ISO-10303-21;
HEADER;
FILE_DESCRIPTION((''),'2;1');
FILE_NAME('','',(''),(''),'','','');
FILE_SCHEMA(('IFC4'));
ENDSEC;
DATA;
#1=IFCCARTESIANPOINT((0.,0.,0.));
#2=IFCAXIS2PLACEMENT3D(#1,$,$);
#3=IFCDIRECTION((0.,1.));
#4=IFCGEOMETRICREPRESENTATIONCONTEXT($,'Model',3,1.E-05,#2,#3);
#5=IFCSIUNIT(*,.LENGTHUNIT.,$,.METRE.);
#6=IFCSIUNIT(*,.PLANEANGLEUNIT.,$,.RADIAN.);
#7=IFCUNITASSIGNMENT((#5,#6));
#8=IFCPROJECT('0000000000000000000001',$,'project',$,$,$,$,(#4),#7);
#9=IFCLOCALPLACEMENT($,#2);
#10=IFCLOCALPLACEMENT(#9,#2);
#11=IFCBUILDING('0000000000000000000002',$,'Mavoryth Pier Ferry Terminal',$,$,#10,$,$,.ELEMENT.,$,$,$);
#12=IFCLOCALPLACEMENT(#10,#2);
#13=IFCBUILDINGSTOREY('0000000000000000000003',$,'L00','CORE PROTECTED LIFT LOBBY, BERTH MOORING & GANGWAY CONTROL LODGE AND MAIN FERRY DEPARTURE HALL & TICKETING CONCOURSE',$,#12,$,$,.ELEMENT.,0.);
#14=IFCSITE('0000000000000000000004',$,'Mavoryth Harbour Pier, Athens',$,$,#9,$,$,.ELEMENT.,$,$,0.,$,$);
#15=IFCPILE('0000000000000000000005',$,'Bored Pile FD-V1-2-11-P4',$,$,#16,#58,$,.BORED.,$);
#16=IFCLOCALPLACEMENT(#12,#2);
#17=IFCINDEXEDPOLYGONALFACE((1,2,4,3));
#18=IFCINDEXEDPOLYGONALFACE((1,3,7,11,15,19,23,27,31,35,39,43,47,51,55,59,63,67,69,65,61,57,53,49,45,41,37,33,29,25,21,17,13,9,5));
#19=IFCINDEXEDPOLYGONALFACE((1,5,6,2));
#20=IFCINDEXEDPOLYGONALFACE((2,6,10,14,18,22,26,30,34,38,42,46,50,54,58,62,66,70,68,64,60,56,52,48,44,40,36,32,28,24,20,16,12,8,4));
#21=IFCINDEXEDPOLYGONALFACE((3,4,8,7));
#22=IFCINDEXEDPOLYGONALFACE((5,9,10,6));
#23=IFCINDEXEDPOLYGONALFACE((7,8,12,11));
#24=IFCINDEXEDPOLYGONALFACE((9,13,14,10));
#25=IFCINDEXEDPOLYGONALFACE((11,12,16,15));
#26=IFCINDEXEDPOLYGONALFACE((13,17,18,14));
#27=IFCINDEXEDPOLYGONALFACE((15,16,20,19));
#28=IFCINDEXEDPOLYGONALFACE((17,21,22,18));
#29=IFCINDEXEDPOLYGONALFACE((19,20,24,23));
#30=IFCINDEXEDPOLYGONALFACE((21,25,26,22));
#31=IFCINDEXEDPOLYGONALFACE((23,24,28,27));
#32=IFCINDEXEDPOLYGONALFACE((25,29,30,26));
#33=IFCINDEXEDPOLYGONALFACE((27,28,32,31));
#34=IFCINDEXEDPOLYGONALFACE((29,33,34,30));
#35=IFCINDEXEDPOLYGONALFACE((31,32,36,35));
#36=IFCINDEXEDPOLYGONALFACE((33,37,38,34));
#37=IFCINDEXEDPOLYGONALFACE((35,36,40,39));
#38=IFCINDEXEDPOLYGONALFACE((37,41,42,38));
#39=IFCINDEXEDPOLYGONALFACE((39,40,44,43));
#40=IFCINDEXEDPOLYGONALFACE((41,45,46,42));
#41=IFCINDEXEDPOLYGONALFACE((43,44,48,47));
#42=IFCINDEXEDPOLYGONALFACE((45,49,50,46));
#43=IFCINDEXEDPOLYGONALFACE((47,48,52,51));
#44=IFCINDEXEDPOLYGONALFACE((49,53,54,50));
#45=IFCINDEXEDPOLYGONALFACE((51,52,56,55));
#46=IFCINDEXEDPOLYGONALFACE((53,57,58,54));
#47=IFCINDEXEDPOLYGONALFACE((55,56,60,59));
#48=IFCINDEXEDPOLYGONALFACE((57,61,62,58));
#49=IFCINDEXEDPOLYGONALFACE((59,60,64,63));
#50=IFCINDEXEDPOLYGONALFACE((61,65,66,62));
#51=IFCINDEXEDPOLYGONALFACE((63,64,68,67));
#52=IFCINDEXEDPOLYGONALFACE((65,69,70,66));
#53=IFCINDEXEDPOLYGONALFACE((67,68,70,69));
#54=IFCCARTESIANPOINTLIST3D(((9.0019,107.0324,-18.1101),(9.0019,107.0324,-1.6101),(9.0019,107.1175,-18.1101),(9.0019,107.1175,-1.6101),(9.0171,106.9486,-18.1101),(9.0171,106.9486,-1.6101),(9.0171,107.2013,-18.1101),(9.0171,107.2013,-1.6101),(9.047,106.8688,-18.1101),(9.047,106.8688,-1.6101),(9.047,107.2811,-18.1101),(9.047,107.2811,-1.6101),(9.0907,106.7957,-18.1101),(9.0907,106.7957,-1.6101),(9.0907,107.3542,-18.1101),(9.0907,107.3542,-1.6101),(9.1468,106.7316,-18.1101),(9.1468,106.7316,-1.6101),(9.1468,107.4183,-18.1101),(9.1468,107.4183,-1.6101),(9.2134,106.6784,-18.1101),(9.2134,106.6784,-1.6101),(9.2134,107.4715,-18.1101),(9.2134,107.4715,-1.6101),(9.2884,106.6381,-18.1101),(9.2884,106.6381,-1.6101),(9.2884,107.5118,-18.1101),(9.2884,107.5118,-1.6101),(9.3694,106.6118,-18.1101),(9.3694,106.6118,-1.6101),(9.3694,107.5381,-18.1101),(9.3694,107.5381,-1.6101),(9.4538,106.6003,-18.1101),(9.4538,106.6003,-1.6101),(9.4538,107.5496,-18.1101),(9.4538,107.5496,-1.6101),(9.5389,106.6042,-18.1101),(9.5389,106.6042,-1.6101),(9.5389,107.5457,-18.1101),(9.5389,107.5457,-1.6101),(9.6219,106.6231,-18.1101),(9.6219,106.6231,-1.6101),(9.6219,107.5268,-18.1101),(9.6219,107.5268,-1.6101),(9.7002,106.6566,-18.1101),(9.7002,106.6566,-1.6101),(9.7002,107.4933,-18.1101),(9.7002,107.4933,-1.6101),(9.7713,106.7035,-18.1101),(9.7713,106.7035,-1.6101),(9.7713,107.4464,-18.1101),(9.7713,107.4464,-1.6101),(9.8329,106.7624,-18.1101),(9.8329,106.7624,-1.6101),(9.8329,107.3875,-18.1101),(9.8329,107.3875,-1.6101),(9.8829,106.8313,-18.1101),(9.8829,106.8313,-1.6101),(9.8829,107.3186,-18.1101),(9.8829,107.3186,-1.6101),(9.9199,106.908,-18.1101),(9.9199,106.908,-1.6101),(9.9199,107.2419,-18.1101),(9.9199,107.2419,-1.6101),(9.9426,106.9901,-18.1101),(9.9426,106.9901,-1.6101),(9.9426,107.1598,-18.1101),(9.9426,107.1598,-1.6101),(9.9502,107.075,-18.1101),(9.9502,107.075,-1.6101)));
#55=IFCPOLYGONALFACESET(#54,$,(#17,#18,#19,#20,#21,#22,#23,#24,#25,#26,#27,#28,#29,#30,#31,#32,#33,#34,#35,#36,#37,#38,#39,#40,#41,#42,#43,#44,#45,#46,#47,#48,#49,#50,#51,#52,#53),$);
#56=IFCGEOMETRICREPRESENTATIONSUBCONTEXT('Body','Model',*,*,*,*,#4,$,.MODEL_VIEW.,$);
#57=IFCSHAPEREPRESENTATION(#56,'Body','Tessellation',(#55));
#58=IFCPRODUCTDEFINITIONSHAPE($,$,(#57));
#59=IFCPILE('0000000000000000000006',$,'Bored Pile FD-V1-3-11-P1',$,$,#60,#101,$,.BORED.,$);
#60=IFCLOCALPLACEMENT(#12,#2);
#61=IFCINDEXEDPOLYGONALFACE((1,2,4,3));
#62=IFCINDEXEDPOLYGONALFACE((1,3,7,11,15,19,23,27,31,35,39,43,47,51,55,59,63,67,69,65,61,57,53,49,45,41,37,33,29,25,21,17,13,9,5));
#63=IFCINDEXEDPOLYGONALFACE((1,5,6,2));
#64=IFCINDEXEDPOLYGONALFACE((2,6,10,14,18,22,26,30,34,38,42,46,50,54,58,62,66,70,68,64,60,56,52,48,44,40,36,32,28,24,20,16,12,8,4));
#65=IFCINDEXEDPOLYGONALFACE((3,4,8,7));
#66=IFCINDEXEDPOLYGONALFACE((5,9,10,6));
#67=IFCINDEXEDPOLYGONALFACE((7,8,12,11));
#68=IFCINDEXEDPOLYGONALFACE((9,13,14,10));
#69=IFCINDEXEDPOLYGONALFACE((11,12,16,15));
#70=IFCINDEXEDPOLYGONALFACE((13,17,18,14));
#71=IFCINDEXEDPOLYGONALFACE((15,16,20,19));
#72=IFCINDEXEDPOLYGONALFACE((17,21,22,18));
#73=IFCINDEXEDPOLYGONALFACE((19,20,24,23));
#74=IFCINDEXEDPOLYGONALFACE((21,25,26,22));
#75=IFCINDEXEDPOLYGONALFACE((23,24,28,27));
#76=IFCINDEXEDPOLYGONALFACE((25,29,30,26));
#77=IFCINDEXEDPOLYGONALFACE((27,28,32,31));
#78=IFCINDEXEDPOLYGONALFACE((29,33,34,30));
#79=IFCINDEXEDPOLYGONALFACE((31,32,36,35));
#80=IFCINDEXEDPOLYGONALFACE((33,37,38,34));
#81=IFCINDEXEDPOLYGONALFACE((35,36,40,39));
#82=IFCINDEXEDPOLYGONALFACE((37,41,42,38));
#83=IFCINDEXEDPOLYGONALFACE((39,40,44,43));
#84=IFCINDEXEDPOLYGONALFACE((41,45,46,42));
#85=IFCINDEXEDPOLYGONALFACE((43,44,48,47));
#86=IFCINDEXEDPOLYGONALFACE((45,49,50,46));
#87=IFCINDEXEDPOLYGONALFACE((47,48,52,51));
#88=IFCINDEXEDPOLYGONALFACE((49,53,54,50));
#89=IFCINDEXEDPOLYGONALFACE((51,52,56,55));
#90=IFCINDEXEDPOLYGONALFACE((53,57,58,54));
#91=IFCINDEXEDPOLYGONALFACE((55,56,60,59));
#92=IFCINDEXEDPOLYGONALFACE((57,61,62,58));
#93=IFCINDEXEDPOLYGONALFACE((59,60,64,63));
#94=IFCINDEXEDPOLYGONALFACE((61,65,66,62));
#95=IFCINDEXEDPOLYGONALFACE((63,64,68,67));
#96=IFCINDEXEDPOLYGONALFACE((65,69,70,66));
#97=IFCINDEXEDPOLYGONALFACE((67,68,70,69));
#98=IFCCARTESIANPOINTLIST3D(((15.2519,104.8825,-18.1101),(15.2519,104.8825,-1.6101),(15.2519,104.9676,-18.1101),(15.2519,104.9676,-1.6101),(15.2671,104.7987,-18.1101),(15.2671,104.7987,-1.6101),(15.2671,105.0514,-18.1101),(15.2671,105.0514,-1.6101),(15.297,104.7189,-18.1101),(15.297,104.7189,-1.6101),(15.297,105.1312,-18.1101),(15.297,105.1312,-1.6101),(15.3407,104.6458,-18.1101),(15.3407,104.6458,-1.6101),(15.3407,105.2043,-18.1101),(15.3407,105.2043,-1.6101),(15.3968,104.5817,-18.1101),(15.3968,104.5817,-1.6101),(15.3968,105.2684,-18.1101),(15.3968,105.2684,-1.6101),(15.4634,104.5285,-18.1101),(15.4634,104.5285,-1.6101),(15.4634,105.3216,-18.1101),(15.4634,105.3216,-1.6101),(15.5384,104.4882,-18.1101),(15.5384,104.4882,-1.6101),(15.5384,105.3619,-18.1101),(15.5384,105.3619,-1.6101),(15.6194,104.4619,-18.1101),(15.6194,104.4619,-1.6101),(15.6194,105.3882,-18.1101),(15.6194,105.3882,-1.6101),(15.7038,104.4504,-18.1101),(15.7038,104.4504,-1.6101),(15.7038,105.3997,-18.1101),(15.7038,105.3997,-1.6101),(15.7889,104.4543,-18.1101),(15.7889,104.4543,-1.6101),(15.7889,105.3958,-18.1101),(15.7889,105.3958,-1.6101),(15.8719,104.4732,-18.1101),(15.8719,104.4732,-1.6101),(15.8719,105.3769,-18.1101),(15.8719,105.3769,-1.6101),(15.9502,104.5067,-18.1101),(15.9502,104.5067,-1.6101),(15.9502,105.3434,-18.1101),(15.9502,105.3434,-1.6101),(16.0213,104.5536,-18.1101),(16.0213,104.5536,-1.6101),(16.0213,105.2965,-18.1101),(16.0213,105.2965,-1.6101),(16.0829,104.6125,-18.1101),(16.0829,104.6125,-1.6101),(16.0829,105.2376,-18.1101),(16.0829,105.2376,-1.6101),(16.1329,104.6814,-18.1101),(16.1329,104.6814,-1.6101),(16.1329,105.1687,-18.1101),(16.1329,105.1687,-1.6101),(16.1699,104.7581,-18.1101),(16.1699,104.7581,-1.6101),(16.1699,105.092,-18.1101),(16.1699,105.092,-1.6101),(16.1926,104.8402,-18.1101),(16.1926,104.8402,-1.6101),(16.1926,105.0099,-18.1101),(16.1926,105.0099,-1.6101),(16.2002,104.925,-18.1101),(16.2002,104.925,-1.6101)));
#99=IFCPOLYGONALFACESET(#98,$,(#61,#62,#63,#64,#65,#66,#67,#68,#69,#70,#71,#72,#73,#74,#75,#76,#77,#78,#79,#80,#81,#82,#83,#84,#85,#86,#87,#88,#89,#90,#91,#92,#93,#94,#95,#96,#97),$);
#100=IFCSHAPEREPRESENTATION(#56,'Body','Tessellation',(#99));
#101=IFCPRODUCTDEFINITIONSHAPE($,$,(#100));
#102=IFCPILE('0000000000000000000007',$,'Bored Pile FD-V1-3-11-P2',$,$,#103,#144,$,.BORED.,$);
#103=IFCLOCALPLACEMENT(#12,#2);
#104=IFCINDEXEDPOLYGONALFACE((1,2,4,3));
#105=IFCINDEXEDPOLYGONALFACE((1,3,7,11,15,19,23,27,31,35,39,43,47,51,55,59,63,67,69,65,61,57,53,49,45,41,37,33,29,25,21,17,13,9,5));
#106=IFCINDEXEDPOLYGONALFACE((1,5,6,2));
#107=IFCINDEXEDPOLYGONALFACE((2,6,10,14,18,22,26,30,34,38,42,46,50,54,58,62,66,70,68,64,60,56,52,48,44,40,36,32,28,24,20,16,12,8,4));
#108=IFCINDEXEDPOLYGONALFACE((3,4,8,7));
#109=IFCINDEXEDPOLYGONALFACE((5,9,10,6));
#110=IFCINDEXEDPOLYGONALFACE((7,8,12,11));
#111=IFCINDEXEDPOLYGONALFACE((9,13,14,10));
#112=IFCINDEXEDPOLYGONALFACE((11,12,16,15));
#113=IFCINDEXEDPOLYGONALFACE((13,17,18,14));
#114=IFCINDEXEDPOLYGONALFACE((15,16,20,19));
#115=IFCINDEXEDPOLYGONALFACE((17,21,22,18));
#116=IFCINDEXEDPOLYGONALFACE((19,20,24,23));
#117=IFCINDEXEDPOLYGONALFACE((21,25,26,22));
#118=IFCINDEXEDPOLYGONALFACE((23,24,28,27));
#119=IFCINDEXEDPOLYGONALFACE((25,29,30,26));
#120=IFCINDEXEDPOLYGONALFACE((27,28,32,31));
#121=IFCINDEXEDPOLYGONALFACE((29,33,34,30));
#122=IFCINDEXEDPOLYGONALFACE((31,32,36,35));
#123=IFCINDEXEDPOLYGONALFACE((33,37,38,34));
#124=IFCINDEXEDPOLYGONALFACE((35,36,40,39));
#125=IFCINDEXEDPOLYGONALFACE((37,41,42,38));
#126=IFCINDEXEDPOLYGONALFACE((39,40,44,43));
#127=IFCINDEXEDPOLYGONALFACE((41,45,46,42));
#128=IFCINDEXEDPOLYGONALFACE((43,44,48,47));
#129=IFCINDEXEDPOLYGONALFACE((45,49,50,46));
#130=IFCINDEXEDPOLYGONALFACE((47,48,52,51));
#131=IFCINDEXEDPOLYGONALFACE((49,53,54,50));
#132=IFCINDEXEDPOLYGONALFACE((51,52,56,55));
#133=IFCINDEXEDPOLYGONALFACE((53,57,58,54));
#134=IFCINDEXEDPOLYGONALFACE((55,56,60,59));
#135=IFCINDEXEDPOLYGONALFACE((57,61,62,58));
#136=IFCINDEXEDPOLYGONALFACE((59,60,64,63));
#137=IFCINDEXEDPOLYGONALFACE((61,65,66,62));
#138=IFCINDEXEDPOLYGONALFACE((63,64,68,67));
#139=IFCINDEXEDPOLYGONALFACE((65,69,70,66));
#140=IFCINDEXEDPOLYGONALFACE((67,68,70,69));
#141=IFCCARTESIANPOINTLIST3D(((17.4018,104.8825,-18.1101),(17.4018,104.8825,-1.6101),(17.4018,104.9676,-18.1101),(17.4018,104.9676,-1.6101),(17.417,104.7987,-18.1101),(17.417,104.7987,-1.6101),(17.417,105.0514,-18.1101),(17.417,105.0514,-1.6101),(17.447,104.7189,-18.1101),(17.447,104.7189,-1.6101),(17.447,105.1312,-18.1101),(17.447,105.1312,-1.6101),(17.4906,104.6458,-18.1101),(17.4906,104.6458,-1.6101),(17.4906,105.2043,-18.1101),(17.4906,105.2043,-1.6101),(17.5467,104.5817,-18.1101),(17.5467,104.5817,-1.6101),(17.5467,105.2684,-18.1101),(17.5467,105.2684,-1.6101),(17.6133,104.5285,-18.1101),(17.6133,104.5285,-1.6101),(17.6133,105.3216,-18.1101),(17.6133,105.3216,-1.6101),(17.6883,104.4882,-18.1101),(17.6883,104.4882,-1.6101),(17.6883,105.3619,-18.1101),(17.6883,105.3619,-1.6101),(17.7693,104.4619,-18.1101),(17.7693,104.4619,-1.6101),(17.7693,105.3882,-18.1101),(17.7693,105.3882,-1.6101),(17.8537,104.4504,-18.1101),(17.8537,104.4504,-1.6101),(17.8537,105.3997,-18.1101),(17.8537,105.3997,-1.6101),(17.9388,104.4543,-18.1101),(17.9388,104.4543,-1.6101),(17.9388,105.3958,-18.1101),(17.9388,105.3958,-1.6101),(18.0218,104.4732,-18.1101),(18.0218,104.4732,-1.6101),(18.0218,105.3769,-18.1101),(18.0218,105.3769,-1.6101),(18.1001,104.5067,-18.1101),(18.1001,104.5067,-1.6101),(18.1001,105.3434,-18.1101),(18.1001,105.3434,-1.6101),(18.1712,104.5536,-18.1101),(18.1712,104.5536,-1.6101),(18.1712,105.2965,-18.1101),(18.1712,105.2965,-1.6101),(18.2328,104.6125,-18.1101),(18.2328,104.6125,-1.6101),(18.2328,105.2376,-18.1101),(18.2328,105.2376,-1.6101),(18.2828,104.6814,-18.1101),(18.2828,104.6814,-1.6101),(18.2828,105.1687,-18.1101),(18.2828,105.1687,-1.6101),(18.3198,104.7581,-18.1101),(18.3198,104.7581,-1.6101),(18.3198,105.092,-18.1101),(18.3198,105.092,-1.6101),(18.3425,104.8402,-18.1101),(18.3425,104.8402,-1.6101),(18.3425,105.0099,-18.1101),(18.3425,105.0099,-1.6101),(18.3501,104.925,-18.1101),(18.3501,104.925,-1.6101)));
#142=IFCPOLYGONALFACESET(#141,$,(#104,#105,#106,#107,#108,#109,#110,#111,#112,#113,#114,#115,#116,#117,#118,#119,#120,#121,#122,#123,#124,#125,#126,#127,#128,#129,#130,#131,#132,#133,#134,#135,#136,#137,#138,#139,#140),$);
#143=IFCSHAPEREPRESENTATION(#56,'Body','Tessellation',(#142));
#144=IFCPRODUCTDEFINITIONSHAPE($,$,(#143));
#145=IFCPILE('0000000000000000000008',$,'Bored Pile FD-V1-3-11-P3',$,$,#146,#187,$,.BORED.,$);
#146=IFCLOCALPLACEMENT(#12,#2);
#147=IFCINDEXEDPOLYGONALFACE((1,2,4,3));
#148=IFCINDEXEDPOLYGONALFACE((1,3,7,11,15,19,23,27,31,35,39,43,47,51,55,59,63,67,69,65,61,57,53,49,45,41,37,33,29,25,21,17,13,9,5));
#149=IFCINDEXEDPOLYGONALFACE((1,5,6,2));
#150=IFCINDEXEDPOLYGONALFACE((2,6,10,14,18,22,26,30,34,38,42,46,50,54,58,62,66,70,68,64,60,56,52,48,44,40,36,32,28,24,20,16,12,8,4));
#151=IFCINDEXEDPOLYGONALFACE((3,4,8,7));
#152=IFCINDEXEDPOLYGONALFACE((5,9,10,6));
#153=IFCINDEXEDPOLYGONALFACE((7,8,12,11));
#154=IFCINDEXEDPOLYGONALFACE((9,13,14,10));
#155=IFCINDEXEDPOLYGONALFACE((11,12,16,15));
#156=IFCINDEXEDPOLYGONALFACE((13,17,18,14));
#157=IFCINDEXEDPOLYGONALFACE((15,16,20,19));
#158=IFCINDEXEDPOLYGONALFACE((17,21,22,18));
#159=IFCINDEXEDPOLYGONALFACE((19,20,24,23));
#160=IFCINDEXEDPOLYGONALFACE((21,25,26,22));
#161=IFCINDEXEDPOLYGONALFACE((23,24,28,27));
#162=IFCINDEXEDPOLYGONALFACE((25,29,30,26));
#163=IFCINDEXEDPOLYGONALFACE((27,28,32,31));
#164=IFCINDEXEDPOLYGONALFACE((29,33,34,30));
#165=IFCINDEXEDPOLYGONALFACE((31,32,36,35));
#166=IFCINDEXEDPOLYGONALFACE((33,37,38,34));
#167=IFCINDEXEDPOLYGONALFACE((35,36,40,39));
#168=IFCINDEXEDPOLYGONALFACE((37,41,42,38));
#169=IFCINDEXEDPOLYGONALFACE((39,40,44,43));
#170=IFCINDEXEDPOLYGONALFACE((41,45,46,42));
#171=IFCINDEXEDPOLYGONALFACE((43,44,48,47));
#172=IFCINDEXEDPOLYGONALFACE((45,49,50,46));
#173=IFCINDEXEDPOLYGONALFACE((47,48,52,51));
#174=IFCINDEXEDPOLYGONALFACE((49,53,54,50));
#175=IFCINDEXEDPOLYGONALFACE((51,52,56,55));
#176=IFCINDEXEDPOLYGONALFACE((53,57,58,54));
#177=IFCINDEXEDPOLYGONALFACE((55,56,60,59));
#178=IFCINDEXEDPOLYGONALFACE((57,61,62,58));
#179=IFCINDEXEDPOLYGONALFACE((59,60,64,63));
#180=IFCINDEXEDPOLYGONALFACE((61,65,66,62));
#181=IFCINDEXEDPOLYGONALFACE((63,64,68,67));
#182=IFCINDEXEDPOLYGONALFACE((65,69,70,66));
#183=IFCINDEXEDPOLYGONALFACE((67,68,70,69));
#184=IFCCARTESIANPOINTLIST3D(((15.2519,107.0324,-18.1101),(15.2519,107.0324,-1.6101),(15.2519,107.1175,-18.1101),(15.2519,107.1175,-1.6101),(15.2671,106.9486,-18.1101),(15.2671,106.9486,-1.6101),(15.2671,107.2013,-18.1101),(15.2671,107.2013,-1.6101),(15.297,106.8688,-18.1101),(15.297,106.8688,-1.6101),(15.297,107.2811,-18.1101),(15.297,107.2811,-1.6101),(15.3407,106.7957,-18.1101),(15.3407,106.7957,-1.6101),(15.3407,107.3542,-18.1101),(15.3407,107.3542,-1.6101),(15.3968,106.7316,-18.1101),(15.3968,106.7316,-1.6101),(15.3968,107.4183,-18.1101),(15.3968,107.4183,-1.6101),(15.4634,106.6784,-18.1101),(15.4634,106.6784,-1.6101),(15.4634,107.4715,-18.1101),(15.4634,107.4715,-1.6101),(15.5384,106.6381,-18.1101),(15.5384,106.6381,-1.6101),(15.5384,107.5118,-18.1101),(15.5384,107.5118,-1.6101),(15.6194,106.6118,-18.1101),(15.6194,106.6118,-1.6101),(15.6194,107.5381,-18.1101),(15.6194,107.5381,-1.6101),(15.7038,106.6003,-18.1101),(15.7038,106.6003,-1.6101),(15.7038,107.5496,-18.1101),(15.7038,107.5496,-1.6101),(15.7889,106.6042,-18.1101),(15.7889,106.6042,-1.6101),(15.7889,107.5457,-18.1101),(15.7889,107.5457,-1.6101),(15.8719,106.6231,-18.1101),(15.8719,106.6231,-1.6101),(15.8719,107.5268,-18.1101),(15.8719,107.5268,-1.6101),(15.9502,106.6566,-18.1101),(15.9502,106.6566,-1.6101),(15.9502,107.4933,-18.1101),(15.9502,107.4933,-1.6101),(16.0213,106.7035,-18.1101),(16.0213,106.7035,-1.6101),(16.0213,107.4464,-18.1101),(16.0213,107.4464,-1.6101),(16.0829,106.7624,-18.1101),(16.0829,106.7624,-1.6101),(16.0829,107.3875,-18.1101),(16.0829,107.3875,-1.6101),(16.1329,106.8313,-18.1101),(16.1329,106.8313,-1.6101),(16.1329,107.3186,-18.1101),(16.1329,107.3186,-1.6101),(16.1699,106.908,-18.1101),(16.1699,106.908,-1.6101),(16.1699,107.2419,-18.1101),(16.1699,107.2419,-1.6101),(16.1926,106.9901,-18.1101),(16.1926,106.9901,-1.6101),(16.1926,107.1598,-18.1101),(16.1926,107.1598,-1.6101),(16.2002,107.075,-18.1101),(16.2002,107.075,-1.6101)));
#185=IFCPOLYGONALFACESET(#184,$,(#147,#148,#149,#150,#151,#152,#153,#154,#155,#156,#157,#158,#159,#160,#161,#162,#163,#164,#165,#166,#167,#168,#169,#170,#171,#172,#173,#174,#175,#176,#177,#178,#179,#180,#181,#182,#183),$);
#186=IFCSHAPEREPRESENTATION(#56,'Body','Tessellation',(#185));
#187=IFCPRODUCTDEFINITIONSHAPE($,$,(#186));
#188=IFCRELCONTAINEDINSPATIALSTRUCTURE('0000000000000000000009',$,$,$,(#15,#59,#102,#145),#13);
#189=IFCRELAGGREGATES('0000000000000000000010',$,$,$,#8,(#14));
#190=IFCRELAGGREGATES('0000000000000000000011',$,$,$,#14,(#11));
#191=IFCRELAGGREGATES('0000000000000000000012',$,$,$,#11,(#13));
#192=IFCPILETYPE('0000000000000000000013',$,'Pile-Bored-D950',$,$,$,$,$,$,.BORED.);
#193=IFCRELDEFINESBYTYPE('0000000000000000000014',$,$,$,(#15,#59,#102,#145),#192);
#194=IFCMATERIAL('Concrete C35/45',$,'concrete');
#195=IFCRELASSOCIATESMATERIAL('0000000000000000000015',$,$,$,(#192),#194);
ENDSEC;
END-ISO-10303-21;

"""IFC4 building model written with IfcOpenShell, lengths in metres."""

from ifc_helpers import new_model, si_unit, direction, frame, origin, origin_2d, place, context, subcontext, project, spatial, circle, extrude, material, material_profile, profile_set, type_object, element, save


model = new_model("IFC4")

# Units and contexts
model_context = context("Model", 3, precision=1e-05, world=origin(), true_north=direction((0.0, 1.0)))
body_context = subcontext(model_context, "Body", "Model", "MODEL_VIEW")
ifc_project = project(units=[si_unit("LENGTHUNIT", "METRE"), si_unit("PLANEANGLEUNIT", "RADIAN")], contexts=[model_context])

# Site, building, storey
site_placement = place(None, origin())
site = spatial("IfcSite", under=ifc_project, at=site_placement, Name="Mavoryth Harbour Pier, Athens", CompositionType="ELEMENT", RefElevation=0.0)
building_placement = place(site_placement, origin())
building = spatial("IfcBuilding", under=site, at=building_placement, Name="Mavoryth Pier Ferry Terminal", CompositionType="ELEMENT")
storey_placement = place(building_placement, origin())
storey = spatial("IfcBuildingStorey", under=building, at=storey_placement, Name="L00", Description="CORE PROTECTED LIFT LOBBY, BERTH MOORING & GANGWAY CONTROL LODGE AND MAIN FERRY DEPARTURE HALL & TICKETING CONCOURSE", CompositionType="ELEMENT", Elevation=0.0)

# Shared definitions
ifc_material_1 = material(Name="Concrete C35/45", Category="concrete")

# Piles
ifc_material_profile_1 = material_profile(ifc_material_1, circle(Radius=0.4751, at=origin_2d()), Name="PILE D950", Category="concrete")
ifc_profile_set_1 = profile_set([ifc_material_profile_1], Name="Concrete C35/45 - PILE D950")
pile_type_1 = type_object("IfcPileType", Name="Pile-Bored-D950", PredefinedType="BORED", material=ifc_profile_set_1)
for number, where, z_axis, x_axis, name in (
    (1, (9.4751, 107.075, -1.6101), (0.0, 0.0, -1.0), (1.0, 0.0, 0.0), "Bored Pile FD-V1-2-11-P4"),
    (2, (15.7251, 104.925, -1.6101), (0.0, 0.0, -1.0), (1.0, 0.0, 0.0), "Bored Pile FD-V1-3-11-P1"),
    (3, (17.875, 104.925, -1.6101), (0.0, 0.0, -1.0), (1.0, 0.0, 0.0), "Bored Pile FD-V1-3-11-P2"),
    (4, (15.7251, 107.075, -1.6101), (0.0, 0.0, -1.0), (1.0, 0.0, 0.0), "Bored Pile FD-V1-3-11-P3"),
):
    element("IfcPile", number, at=place(storey_placement, frame(where, z_axis=z_axis, x_axis=x_axis)), inside=storey, type_object=pile_type_1, Name=name, PredefinedType="BORED", context=body_context, shape_type="SweptSolid", body=[
        extrude(circle(Radius=0.4751, at=origin_2d()), origin(), (0.0, 0.0, 1.0), 16.5),
    ])

save(model, "model.ifc")
